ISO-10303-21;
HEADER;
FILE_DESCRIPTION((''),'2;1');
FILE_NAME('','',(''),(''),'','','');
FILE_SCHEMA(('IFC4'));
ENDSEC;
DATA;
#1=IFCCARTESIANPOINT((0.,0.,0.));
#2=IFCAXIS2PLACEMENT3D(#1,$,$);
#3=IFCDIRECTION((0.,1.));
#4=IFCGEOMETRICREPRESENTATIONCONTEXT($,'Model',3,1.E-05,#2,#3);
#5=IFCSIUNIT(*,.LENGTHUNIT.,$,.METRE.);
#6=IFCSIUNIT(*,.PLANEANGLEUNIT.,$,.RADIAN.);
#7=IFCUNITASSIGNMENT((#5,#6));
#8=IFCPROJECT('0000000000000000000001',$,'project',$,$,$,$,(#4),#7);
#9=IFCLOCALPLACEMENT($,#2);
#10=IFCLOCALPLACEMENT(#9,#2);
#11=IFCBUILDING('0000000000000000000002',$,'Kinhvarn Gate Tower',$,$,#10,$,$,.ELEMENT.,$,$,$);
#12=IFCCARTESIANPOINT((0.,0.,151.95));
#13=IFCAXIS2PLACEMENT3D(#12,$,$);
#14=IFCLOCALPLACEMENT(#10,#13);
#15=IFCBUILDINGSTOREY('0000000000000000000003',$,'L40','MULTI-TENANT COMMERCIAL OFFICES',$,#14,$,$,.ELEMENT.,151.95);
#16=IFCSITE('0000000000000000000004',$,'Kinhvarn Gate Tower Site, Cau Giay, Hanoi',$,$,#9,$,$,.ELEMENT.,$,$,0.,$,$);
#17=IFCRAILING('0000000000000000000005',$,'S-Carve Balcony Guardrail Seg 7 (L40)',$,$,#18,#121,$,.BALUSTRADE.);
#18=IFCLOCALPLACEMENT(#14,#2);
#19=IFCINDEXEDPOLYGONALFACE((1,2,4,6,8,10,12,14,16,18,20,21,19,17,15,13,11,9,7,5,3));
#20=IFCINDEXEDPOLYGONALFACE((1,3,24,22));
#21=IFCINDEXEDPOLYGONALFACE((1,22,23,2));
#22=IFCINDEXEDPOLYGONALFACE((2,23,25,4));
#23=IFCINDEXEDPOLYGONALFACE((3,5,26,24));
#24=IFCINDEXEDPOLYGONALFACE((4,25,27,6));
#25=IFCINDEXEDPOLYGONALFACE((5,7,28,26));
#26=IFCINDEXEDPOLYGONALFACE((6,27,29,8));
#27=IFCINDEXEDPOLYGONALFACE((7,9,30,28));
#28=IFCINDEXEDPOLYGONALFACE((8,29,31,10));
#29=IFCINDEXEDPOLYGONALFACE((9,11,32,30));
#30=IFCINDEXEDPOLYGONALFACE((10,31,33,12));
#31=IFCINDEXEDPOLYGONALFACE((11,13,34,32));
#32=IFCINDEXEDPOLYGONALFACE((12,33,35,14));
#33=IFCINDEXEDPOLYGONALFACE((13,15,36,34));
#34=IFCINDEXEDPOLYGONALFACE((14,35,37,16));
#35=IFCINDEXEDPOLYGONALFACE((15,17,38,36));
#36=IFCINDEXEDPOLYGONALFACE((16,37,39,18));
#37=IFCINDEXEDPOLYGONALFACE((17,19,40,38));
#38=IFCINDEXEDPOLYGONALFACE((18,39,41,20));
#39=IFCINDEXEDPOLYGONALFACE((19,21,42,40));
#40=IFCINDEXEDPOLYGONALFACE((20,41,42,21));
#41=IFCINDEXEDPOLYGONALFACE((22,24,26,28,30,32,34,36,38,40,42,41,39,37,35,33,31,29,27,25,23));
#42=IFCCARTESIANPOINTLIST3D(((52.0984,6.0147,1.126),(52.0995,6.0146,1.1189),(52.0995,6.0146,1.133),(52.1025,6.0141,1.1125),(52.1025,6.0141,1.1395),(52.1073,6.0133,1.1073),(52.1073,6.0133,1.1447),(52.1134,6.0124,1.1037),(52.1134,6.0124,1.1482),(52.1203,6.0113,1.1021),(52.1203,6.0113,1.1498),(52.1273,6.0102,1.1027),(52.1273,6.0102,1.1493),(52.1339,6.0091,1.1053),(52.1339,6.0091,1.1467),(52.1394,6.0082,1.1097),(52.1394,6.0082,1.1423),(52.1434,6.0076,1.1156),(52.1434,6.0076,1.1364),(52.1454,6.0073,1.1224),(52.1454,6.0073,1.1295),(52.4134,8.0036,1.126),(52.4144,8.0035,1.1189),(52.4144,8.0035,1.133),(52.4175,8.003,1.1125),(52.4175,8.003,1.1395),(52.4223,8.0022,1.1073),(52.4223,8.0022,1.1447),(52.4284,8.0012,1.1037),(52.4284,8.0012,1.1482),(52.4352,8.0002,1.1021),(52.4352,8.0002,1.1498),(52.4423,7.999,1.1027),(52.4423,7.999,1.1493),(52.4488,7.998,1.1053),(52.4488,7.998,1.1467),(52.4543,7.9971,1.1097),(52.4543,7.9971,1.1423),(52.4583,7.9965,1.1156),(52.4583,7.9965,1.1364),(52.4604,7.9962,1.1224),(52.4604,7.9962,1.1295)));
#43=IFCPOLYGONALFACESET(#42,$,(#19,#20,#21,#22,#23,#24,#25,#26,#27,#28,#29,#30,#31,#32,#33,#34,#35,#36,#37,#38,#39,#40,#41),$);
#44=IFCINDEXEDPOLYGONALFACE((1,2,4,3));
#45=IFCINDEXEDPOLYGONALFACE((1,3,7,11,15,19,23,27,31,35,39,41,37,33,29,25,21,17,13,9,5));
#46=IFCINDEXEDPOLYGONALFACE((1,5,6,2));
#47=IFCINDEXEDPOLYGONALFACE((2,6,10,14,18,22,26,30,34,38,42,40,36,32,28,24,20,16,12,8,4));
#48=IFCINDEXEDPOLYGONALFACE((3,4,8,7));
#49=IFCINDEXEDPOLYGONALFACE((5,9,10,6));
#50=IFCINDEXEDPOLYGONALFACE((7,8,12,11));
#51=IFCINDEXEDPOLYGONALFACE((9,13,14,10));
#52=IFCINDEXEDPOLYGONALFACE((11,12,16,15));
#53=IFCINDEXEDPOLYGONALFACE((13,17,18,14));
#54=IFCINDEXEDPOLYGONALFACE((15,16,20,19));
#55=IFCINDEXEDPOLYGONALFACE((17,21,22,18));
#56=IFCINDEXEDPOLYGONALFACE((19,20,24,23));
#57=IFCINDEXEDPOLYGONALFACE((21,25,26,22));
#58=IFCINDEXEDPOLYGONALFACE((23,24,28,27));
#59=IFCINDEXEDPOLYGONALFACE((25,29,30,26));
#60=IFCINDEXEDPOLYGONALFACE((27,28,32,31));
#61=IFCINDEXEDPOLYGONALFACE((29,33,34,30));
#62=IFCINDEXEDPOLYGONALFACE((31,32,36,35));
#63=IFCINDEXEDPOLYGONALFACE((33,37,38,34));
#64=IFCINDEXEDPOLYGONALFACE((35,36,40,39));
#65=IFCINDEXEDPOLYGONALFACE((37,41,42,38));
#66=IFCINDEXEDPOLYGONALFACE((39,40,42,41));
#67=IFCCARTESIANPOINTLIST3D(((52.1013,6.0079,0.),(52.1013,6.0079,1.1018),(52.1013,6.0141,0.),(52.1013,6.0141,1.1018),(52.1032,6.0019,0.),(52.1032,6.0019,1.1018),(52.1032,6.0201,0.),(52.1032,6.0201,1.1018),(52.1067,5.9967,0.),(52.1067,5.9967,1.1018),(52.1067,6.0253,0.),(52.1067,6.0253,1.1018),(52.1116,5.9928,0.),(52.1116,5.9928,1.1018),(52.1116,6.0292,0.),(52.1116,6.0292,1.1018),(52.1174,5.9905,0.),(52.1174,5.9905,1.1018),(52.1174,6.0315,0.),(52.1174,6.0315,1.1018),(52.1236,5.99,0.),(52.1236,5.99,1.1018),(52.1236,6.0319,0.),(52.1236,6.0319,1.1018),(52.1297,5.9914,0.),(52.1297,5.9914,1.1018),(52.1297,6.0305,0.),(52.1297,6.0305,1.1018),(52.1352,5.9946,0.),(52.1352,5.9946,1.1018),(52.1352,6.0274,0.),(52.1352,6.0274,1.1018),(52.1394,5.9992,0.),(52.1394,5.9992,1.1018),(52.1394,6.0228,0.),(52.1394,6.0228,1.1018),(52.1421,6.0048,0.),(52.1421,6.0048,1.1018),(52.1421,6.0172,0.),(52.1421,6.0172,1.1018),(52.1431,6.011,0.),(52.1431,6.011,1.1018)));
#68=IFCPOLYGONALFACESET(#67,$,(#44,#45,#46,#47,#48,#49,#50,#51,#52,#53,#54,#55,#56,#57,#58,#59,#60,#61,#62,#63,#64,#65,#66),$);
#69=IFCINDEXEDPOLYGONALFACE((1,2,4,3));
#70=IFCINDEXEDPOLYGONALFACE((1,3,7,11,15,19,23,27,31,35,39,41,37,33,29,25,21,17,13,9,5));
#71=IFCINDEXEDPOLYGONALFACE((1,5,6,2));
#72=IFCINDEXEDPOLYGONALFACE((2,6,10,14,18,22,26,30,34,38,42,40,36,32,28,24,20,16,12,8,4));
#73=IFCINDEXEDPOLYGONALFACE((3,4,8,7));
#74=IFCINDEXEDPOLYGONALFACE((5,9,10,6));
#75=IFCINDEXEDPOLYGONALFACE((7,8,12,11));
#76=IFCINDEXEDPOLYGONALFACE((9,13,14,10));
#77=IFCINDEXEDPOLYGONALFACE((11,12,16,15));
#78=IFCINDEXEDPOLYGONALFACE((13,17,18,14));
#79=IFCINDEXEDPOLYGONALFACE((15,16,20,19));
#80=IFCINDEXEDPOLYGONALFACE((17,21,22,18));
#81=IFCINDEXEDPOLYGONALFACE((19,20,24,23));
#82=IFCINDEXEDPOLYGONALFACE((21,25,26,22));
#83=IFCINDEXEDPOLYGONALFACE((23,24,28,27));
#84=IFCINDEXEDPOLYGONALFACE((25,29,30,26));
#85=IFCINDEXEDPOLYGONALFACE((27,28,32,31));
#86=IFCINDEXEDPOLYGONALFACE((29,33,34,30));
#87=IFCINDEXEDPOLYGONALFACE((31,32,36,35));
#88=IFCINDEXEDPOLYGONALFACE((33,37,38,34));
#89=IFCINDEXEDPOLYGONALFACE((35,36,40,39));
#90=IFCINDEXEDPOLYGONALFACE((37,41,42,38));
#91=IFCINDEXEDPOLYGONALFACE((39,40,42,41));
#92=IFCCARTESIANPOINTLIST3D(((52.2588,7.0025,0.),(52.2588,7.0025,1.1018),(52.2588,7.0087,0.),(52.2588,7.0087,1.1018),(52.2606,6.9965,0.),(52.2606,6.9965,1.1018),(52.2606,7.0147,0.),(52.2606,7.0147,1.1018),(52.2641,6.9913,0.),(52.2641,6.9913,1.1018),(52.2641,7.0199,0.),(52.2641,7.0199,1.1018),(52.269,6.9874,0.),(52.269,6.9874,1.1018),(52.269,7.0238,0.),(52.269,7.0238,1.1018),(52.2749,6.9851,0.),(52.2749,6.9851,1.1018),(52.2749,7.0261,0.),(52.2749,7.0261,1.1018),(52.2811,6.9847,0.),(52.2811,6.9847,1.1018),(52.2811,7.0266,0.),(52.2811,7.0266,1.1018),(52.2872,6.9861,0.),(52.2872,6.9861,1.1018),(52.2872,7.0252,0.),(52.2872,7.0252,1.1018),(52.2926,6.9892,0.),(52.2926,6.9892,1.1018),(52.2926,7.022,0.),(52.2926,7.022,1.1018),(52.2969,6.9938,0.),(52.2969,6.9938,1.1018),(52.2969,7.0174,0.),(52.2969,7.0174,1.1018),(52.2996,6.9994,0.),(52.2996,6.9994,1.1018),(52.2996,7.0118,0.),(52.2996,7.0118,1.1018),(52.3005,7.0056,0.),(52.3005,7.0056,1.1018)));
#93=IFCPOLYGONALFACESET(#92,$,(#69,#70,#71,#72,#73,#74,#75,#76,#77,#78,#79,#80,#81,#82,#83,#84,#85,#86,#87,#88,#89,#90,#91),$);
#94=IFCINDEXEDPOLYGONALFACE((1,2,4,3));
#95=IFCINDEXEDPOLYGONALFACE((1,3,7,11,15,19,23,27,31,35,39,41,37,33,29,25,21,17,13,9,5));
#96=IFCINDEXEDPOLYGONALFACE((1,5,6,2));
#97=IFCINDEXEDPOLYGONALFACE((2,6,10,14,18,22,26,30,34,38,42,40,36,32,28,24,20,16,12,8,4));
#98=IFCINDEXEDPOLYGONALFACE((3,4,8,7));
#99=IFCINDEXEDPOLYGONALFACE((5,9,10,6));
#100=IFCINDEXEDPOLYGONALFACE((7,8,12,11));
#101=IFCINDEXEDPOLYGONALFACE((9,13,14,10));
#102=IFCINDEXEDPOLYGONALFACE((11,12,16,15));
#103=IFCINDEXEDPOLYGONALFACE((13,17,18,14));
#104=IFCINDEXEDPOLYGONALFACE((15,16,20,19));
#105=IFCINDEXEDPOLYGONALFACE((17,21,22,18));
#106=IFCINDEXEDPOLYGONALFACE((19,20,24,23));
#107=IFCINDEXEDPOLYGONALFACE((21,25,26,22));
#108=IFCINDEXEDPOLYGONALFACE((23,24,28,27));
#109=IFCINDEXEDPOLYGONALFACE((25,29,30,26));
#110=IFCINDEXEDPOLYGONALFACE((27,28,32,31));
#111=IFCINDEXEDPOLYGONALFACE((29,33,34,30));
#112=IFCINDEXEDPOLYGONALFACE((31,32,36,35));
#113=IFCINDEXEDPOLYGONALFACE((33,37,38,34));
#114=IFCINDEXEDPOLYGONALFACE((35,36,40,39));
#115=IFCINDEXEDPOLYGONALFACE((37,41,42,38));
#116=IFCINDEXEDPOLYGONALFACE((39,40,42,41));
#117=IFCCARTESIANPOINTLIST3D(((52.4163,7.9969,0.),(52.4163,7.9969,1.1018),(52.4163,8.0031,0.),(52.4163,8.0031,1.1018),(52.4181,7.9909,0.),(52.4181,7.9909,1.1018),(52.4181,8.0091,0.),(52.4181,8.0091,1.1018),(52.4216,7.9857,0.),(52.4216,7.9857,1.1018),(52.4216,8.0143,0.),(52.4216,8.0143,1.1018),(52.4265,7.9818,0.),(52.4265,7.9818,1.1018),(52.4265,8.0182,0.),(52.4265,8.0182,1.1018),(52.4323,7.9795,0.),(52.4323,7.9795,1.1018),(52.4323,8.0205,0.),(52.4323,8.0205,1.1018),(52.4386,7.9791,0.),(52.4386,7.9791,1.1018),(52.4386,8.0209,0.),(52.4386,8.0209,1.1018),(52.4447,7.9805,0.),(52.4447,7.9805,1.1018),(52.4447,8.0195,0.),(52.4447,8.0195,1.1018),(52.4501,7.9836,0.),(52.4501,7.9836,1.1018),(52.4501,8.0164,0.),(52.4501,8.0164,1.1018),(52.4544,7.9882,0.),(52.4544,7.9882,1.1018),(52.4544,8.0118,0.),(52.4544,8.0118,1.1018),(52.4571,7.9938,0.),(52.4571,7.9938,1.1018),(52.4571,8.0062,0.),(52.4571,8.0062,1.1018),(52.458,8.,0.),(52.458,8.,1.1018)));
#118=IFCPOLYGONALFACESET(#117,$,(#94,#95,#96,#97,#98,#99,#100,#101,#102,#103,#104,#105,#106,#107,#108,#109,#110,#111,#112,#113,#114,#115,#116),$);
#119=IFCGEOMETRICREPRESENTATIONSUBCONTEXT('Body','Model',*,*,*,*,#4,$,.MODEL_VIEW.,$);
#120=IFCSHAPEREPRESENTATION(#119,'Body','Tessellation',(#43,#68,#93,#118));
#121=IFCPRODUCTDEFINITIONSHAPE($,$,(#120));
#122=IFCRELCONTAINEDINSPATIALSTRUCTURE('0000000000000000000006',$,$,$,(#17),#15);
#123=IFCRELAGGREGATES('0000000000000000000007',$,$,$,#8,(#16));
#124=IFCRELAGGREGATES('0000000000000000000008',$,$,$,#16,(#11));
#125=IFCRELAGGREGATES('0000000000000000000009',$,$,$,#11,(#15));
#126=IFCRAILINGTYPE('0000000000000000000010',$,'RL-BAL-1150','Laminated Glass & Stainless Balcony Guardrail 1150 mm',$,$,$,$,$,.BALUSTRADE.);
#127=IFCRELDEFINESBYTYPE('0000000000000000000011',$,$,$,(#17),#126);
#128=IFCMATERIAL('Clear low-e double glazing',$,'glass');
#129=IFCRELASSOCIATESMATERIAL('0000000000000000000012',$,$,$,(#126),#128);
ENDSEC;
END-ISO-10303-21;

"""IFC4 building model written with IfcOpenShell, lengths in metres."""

from ifc_helpers import new_model, si_unit, direction, frame, origin, origin_2d, place, context, subcontext, project, spatial, circle, extrude, material, type_object, element, save


model = new_model("IFC4")

# Units and contexts
model_context = context("Model", 3, precision=1e-05, world=origin(), true_north=direction((0.0, 1.0)))
body_context = subcontext(model_context, "Body", "Model", "MODEL_VIEW")
ifc_project = project(units=[si_unit("LENGTHUNIT", "METRE"), si_unit("PLANEANGLEUNIT", "RADIAN")], contexts=[model_context])

# Site, building, storey
site_placement = place(None, origin())
site = spatial("IfcSite", under=ifc_project, at=site_placement, Name="Kinhvarn Gate Tower Site, Cau Giay, Hanoi", CompositionType="ELEMENT", RefElevation=0.0)
building_placement = place(site_placement, origin())
building = spatial("IfcBuilding", under=site, at=building_placement, Name="Kinhvarn Gate Tower", CompositionType="ELEMENT")
storey_placement = place(building_placement, frame((0.0, 0.0, 151.95)))
storey = spatial("IfcBuildingStorey", under=building, at=storey_placement, Name="L40", Description="MULTI-TENANT COMMERCIAL OFFICES", CompositionType="ELEMENT", Elevation=151.95)

# Shared definitions
ifc_material_1 = material(Name="Clear low-e double glazing", Category="glass")

# Railing
railing_type = type_object("IfcRailingType", Name="RL-BAL-1150", Description="Laminated Glass & Stainless Balcony Guardrail 1150 mm", PredefinedType="BALUSTRADE", material=ifc_material_1)
railing_1_placement = place(storey_placement, frame((52.1221, 6.011, 0.0)))
element("IfcRailing", 1, at=railing_1_placement, inside=storey, type_object=railing_type, Name="S-Carve Balcony Guardrail Seg 7 (L40)", PredefinedType="BALUSTRADE", context=body_context, shape_type="SweptSolid", body=[
    extrude(circle(Radius=0.0239, at=origin_2d()), frame((0.0, 0.0, 1.126), z_axis=(0.156392, 0.987695, 0.0), x_axis=(-0.987695, 0.156392, 0.0)), (0.0, 0.0, 1.0), 2.0137),
    extrude(circle(Radius=0.021, at=origin_2d()), origin(), (0.0, 0.0, 1.0), 1.1018),
    extrude(circle(Radius=0.021, at=origin_2d()), frame((0.1575, 0.9946, 0.0)), (0.0, 0.0, 1.0), 1.1018),
    extrude(circle(Radius=0.021, at=origin_2d()), frame((0.3149, 1.989, 0.0)), (0.0, 0.0, 1.0), 1.1018),
])

save(model, "model.ifc")
